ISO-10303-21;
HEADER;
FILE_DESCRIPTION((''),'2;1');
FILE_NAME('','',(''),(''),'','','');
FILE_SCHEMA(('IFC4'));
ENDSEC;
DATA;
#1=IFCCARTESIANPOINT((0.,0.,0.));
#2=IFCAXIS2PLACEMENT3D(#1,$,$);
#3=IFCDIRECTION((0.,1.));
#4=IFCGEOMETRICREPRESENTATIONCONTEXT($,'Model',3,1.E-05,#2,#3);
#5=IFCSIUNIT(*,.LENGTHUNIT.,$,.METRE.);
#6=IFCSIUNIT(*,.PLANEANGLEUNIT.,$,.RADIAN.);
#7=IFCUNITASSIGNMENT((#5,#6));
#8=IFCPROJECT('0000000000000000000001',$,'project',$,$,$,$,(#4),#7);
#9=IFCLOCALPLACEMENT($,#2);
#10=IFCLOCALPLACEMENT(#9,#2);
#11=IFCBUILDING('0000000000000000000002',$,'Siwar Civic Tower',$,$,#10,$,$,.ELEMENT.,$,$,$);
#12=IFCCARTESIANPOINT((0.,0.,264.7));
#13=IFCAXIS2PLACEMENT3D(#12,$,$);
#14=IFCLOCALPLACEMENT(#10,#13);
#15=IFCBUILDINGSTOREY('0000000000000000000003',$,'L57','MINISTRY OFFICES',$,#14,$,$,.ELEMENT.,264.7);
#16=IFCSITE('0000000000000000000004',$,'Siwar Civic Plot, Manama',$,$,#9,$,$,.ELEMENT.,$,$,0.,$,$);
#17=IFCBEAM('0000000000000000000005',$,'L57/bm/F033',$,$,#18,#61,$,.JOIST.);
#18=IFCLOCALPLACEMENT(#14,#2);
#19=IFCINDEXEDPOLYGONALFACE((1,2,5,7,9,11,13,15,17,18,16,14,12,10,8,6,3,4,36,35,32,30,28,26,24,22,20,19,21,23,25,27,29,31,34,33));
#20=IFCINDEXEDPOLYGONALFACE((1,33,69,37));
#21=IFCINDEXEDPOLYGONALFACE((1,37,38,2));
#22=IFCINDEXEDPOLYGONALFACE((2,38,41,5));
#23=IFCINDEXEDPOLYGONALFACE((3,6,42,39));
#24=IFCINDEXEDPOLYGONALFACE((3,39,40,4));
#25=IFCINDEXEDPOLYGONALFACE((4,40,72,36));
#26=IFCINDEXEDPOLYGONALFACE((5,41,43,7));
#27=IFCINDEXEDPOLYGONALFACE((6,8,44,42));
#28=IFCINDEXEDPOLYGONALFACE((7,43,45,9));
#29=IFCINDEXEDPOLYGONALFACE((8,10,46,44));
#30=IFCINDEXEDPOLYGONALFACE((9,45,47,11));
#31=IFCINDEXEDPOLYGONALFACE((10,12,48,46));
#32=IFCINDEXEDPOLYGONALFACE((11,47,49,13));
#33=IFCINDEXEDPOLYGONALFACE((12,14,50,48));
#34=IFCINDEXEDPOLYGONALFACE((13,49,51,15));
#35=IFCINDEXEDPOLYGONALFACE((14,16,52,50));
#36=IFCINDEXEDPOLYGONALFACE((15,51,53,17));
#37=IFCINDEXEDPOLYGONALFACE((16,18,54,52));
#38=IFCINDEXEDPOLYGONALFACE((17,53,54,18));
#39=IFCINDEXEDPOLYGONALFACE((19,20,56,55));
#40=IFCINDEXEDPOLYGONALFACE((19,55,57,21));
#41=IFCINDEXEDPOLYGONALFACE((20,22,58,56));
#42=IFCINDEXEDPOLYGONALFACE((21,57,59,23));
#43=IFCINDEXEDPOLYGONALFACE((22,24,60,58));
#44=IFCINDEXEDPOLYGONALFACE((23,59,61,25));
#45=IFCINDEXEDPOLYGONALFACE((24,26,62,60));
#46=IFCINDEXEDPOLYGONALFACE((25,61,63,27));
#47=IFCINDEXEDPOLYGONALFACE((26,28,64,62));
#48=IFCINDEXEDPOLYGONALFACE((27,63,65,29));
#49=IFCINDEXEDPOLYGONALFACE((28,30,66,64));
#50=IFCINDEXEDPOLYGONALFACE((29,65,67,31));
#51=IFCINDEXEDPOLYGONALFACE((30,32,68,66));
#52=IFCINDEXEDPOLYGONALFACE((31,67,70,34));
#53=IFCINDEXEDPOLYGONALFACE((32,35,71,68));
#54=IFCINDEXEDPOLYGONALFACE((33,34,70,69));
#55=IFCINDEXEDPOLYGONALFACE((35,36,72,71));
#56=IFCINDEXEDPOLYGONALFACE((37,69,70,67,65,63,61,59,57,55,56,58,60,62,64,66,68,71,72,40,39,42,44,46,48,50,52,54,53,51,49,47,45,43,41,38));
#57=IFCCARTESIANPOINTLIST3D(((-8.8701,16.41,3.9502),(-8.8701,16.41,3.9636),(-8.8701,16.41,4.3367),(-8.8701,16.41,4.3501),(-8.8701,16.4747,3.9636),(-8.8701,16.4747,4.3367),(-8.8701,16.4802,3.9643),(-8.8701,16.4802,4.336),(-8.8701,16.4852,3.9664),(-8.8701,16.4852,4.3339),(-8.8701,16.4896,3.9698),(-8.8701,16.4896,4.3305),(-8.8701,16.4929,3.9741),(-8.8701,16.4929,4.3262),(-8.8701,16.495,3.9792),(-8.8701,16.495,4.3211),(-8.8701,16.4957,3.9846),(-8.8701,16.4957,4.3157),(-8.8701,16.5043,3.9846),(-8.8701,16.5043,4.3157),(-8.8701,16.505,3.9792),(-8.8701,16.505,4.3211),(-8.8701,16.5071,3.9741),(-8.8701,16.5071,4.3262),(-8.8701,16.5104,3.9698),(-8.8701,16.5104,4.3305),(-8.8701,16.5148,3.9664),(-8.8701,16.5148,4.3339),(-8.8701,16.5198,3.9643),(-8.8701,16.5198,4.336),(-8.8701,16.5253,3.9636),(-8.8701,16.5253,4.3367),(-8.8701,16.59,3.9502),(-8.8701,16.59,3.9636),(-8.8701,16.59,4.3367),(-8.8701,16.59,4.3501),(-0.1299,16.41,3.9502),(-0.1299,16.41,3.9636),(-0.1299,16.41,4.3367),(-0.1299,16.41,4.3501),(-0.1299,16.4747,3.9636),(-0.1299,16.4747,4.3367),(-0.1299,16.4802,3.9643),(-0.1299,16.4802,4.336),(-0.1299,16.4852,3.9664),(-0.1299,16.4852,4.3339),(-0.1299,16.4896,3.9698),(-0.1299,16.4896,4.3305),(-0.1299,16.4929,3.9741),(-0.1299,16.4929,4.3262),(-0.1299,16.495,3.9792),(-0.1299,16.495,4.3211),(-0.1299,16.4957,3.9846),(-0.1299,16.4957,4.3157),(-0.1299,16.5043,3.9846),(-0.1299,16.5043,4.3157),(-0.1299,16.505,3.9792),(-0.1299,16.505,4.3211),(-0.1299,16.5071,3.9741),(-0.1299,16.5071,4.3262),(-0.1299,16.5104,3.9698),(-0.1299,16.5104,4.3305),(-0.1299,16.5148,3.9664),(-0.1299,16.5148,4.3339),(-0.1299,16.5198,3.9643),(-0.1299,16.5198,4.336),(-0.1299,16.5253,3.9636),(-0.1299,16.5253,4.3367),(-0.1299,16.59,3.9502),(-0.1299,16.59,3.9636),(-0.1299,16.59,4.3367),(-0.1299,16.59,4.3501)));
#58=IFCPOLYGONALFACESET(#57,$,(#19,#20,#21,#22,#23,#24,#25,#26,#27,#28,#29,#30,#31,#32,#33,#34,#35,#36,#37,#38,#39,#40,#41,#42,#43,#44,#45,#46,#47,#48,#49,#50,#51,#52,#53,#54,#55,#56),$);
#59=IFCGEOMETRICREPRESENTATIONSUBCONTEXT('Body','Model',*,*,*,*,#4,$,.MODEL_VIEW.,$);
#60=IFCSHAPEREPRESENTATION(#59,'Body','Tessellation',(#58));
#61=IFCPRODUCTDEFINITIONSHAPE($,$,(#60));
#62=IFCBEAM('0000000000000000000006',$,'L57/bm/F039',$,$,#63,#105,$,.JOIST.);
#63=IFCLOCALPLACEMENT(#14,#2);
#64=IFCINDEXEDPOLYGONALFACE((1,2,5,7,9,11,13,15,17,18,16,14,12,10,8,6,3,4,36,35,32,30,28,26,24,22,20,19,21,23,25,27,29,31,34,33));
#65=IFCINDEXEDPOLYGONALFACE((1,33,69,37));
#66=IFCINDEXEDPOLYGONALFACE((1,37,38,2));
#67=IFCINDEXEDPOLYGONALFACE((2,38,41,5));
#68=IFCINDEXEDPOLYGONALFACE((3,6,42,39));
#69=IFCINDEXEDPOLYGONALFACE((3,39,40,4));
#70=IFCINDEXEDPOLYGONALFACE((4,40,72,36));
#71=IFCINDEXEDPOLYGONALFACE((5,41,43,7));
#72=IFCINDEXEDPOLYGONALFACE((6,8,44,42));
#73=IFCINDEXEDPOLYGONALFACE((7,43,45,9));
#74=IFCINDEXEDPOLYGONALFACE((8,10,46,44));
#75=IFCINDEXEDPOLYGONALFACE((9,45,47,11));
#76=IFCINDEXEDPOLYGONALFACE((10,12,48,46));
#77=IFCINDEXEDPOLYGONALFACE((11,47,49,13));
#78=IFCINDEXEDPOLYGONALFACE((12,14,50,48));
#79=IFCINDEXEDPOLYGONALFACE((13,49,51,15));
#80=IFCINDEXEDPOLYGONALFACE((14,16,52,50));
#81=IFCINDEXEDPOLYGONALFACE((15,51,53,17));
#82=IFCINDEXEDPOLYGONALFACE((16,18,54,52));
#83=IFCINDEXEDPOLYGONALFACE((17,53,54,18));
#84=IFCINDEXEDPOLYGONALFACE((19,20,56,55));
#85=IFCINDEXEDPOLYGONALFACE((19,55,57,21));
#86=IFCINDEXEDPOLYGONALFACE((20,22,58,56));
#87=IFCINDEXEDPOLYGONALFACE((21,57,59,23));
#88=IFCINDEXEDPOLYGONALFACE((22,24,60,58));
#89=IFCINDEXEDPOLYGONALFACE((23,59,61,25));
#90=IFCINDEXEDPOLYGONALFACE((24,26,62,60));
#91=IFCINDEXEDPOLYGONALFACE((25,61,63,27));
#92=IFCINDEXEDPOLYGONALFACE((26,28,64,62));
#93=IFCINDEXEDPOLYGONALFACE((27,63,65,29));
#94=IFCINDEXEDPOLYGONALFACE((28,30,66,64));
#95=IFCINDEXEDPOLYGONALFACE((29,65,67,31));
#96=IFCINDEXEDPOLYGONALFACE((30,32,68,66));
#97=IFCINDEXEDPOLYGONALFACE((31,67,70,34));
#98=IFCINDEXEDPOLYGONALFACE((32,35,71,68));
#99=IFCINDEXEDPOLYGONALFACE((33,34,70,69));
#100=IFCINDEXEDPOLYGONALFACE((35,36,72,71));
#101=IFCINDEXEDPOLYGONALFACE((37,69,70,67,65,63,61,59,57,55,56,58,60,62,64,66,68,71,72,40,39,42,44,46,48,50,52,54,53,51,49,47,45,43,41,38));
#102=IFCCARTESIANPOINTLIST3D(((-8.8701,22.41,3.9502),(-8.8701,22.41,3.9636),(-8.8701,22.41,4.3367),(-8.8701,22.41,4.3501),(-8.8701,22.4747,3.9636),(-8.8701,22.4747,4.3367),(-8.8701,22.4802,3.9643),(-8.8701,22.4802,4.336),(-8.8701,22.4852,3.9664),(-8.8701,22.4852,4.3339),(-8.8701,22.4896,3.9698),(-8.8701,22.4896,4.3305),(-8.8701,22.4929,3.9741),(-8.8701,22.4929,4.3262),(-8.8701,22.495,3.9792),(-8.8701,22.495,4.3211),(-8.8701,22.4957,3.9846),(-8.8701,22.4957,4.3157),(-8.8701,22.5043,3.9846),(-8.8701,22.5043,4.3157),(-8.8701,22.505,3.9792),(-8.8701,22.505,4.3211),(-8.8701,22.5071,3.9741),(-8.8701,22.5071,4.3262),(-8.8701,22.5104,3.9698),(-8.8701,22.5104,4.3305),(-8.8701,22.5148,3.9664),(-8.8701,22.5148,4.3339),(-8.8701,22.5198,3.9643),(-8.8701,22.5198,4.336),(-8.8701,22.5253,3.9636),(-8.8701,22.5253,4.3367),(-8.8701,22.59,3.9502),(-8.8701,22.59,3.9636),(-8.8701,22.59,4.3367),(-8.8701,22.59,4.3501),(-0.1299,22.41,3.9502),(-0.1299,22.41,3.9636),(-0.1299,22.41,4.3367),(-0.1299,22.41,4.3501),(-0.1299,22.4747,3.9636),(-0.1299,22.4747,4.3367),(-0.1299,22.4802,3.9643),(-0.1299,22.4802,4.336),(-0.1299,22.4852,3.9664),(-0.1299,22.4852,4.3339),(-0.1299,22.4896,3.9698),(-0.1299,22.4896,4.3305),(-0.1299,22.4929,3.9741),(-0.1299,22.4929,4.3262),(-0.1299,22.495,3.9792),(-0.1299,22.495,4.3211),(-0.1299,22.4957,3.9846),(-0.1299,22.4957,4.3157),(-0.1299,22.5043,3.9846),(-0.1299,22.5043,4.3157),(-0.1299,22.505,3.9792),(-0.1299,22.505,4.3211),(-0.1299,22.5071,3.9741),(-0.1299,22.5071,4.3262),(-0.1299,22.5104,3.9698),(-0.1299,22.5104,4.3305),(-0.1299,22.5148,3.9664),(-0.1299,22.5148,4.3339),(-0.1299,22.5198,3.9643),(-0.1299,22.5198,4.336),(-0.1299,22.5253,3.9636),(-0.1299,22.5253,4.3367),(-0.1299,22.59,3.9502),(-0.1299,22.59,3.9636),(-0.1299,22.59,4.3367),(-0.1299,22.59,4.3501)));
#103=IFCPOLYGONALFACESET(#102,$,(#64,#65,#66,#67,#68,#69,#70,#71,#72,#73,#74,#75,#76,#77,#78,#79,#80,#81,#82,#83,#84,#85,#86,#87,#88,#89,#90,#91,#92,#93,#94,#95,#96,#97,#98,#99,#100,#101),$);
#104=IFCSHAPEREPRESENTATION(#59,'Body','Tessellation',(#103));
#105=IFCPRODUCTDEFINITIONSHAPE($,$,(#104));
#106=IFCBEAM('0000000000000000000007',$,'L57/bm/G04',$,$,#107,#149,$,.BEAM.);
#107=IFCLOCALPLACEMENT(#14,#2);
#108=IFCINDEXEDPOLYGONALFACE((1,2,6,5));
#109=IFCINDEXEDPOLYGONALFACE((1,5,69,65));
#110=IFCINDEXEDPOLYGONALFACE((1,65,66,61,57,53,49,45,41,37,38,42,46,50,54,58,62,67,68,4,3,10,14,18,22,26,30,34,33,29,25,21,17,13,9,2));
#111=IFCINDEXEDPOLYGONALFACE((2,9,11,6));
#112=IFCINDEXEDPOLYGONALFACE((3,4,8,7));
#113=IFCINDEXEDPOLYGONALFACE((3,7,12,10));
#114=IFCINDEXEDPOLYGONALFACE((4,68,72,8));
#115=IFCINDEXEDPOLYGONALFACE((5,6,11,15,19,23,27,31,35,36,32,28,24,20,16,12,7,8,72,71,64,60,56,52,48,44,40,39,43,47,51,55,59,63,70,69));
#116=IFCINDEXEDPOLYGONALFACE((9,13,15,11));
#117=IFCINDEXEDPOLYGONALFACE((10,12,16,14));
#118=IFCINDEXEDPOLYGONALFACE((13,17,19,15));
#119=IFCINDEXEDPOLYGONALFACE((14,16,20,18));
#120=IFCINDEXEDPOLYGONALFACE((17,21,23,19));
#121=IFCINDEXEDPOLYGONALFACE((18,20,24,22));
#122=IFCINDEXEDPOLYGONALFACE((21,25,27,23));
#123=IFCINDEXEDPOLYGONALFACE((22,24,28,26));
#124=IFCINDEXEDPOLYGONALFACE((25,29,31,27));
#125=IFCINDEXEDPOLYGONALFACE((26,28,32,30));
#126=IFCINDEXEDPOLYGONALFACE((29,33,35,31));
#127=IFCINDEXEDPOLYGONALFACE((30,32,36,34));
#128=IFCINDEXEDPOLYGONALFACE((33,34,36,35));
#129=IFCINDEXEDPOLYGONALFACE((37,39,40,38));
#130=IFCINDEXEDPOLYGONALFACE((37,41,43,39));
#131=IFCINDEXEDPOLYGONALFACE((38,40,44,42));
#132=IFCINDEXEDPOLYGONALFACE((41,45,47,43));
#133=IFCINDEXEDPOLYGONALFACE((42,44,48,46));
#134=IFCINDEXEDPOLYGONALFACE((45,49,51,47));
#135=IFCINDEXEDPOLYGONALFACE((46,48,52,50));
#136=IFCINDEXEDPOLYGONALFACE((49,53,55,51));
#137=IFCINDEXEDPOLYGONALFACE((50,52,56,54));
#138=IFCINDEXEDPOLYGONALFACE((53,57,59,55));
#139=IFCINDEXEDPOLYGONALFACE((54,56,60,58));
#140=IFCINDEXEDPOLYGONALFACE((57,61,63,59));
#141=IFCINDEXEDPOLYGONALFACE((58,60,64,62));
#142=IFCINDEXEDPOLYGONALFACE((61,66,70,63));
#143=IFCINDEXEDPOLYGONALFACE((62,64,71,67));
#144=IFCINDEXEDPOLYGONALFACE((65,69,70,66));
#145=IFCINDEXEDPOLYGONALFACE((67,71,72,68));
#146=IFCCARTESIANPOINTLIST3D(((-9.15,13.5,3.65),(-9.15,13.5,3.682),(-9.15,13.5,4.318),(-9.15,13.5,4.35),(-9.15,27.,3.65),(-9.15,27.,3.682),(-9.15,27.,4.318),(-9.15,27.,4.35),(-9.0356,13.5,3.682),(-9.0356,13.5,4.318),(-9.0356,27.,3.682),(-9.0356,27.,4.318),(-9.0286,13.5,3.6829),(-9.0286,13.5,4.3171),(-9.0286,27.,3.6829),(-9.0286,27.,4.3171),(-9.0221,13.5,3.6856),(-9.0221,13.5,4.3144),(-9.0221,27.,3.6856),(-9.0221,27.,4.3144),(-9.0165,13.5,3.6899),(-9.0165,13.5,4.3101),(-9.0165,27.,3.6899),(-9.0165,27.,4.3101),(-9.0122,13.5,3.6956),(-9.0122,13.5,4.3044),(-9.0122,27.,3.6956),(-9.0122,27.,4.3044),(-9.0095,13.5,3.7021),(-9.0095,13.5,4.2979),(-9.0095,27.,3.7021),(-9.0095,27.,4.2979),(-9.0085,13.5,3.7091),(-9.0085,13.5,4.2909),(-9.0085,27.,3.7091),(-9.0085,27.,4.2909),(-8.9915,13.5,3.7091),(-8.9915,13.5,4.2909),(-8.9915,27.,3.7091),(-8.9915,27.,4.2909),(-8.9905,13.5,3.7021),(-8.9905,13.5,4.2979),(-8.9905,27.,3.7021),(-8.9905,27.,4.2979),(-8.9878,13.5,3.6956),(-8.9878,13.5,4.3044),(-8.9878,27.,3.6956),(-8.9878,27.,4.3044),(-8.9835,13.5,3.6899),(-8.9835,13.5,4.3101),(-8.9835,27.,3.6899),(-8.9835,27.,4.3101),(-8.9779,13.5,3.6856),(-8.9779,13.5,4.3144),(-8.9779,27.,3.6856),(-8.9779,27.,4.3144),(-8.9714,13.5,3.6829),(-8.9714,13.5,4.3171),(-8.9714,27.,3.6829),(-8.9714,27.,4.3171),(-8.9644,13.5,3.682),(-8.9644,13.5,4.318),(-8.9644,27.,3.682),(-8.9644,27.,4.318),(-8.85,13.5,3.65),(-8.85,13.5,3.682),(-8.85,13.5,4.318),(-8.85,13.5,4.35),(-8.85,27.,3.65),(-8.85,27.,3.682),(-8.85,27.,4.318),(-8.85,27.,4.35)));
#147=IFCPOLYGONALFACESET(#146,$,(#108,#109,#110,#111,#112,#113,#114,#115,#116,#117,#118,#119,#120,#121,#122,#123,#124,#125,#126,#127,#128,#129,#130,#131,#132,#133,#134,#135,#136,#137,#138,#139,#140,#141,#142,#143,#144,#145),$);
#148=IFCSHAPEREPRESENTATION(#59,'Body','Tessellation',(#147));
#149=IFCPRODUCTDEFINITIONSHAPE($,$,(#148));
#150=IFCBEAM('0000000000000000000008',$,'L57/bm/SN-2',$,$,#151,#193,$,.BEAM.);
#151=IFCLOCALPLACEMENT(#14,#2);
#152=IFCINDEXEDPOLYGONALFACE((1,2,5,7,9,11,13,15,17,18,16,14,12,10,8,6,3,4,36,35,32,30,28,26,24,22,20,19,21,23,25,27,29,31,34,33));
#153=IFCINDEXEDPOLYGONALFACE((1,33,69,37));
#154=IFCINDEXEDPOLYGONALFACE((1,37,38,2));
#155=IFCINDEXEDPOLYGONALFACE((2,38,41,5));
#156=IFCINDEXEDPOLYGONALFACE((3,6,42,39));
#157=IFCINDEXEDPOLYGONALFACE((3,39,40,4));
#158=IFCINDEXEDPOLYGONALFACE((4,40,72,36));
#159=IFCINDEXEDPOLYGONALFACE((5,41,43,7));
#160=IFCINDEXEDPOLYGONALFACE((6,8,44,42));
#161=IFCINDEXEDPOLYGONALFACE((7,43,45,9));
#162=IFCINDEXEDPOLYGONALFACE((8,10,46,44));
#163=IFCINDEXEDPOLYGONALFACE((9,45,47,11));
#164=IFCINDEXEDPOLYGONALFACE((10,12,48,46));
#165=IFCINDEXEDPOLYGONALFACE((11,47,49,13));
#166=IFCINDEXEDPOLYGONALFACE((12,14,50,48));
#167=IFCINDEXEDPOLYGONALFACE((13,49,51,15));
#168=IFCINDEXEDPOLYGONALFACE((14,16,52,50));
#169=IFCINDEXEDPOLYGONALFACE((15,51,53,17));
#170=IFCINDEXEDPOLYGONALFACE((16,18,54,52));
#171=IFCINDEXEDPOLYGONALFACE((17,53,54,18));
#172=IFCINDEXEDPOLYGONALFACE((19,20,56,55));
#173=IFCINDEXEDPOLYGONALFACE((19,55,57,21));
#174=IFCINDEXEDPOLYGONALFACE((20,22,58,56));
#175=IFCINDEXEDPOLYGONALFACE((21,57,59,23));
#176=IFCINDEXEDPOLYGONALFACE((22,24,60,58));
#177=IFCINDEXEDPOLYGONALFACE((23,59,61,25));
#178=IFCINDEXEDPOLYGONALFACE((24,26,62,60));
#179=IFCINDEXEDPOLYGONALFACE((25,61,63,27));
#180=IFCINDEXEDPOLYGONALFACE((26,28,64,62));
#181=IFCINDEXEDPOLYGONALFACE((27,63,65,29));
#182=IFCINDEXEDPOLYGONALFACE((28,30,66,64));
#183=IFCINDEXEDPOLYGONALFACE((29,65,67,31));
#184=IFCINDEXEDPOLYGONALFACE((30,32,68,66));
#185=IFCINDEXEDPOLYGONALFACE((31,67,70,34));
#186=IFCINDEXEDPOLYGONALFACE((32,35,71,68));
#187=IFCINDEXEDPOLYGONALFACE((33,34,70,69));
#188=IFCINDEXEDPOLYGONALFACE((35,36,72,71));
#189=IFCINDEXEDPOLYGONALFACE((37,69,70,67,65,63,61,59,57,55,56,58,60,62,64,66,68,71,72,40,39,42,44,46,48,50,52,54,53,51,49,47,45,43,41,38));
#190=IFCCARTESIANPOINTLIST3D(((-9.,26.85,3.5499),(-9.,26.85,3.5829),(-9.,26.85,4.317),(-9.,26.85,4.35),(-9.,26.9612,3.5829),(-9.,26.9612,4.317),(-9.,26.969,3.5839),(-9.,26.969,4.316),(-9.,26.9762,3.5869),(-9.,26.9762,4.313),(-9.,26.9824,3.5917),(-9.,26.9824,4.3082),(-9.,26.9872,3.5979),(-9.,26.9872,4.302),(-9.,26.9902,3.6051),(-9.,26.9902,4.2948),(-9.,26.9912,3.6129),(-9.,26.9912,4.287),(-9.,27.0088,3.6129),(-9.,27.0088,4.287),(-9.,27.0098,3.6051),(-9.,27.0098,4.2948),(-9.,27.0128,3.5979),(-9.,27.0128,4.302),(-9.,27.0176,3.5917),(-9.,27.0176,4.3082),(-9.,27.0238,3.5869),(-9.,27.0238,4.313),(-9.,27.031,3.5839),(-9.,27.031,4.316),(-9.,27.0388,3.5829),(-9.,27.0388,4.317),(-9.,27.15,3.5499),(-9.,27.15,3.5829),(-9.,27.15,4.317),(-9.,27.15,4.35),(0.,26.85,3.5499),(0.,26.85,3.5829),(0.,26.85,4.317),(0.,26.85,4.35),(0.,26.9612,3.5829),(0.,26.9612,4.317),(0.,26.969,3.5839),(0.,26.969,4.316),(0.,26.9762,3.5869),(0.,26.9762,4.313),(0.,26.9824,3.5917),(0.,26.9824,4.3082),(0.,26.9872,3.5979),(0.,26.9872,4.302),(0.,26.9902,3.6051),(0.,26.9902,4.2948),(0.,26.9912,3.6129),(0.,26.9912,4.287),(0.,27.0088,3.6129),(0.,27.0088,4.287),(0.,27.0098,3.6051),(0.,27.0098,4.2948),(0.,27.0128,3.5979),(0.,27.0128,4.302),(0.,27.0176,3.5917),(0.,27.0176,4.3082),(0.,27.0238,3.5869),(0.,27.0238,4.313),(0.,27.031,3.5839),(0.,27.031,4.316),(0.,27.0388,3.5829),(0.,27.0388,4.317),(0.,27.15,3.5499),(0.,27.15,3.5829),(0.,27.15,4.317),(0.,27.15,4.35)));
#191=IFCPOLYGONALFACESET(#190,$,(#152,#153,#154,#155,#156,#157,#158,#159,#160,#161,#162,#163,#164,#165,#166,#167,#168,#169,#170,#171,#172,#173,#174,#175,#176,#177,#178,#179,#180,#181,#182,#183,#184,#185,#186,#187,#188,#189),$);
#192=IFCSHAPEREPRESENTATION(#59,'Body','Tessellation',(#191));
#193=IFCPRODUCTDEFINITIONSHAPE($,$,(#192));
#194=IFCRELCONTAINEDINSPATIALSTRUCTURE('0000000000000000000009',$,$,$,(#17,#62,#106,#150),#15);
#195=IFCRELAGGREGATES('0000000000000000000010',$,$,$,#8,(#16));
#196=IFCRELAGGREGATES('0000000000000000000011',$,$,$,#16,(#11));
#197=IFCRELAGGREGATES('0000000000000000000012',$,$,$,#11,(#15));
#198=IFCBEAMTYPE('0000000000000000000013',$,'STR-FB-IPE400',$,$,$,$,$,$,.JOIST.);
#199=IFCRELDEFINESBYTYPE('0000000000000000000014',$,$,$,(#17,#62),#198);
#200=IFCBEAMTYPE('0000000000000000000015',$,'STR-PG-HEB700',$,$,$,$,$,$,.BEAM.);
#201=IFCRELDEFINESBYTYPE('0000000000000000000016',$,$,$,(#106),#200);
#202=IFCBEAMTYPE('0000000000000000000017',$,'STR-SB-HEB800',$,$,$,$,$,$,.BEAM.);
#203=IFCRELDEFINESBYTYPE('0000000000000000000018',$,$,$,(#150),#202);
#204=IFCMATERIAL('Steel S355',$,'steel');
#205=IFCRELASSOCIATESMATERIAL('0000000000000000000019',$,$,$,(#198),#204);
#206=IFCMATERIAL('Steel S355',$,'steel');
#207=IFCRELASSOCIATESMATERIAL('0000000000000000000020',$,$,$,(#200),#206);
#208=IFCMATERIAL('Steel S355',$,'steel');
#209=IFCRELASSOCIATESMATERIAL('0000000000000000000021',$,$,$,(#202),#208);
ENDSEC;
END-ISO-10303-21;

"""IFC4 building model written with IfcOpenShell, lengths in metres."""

from ifc_helpers import new_model, si_unit, direction, frame, origin, origin_2d, place, context, subcontext, project, spatial, i_section, extrude, material, material_profile, profile_set, type_object, element, save


model = new_model("IFC4")

# Units and contexts
model_context = context("Model", 3, precision=1e-05, world=origin(), true_north=direction((0.0, 1.0)))
body_context = subcontext(model_context, "Body", "Model", "MODEL_VIEW")
ifc_project = project(units=[si_unit("LENGTHUNIT", "METRE"), si_unit("PLANEANGLEUNIT", "RADIAN")], contexts=[model_context])

# Site, building, storey
site_placement = place(None, origin())
site = spatial("IfcSite", under=ifc_project, at=site_placement, Name="Siwar Civic Plot, Manama", CompositionType="ELEMENT", RefElevation=0.0)
building_placement = place(site_placement, origin())
building = spatial("IfcBuilding", under=site, at=building_placement, Name="Siwar Civic Tower", CompositionType="ELEMENT")
storey_placement = place(building_placement, frame((0.0, 0.0, 264.7)))
storey = spatial("IfcBuildingStorey", under=building, at=storey_placement, Name="L57", Description="MINISTRY OFFICES", CompositionType="ELEMENT", Elevation=264.7)

# Beams
ifc_material_1 = material(Name="Steel S355", Category="steel")
ifc_material_profile_1 = material_profile(ifc_material_1, i_section(OverallWidth=0.1799, OverallDepth=0.3999, WebThickness=0.0085, FlangeThickness=0.0134, FilletRadius=0.021, at=origin_2d()), Name="IPE400")
ifc_profile_set_1 = profile_set([ifc_material_profile_1], Name="Steel S355")
beam_type_1 = type_object("IfcBeamType", Name="STR-FB-IPE400", PredefinedType="JOIST", material=ifc_profile_set_1)
for number, where, z_axis, x_axis, name in (
    (1, (-8.8701, 16.5, 4.1501), (1.0, 0.0, 0.0), (0.0, 1.0, 0.0), "L57/bm/F033"),
    (2, (-8.8701, 22.5, 4.1501), (1.0, 0.0, 0.0), (0.0, 1.0, 0.0), "L57/bm/F039"),
):
    element("IfcBeam", number, at=place(storey_placement, frame(where, z_axis=z_axis, x_axis=x_axis)), inside=storey, type_object=beam_type_1, Name=name, PredefinedType="JOIST", context=body_context, shape_type="SweptSolid", body=[
        extrude(i_section(OverallWidth=0.1799, OverallDepth=0.3999, WebThickness=0.0085, FlangeThickness=0.0134, FilletRadius=0.021, at=origin_2d()), origin(), (0.0, 0.0, 1.0), 8.7402),
    ])
ifc_material_2 = material(Name="Steel S355", Category="steel")
ifc_material_profile_2 = material_profile(ifc_material_2, i_section(OverallWidth=0.3, OverallDepth=0.7, WebThickness=0.0171, FlangeThickness=0.032, FilletRadius=0.0271, at=origin_2d()), Name="HEB700")
ifc_profile_set_2 = profile_set([ifc_material_profile_2], Name="Steel S355")
beam_type_2 = type_object("IfcBeamType", Name="STR-PG-HEB700", PredefinedType="BEAM", material=ifc_profile_set_2)
beam_1_placement = place(storey_placement, frame((-9.0, 13.5, 4.0), z_axis=(0.0, 1.0, 0.0), x_axis=(-1.0, 0.0, 0.0)))
element("IfcBeam", 3, at=beam_1_placement, inside=storey, type_object=beam_type_2, Name="L57/bm/G04", PredefinedType="BEAM", context=body_context, shape_type="SweptSolid", body=[
    extrude(i_section(OverallWidth=0.3, OverallDepth=0.7, WebThickness=0.0171, FlangeThickness=0.032, FilletRadius=0.0271, at=origin_2d()), origin(), (0.0, 0.0, 1.0), 13.5),
])
ifc_material_3 = material(Name="Steel S355", Category="steel")
ifc_material_profile_3 = material_profile(ifc_material_3, i_section(OverallWidth=0.3, OverallDepth=0.8, WebThickness=0.0176, FlangeThickness=0.033, FilletRadius=0.03, at=origin_2d()), Name="HEB800")
ifc_profile_set_3 = profile_set([ifc_material_profile_3], Name="Steel S355")
beam_type_3 = type_object("IfcBeamType", Name="STR-SB-HEB800", PredefinedType="BEAM", material=ifc_profile_set_3)
for number, where, z_axis, x_axis, name in (
    (4, (0.0, 27.0, 3.95), (-1.0, 0.0, 0.0), (0.0, -1.0, 0.0), "L57/bm/SN-2"),
):
    element("IfcBeam", number, at=place(storey_placement, frame(where, z_axis=z_axis, x_axis=x_axis)), inside=storey, type_object=beam_type_3, Name=name, PredefinedType="BEAM", context=body_context, shape_type="SweptSolid", body=[
        extrude(i_section(OverallWidth=0.3, OverallDepth=0.8, WebThickness=0.0176, FlangeThickness=0.033, FilletRadius=0.03, at=origin_2d()), origin(), (0.0, 0.0, 1.0), 9.0),
    ])

save(model, "model.ifc")
